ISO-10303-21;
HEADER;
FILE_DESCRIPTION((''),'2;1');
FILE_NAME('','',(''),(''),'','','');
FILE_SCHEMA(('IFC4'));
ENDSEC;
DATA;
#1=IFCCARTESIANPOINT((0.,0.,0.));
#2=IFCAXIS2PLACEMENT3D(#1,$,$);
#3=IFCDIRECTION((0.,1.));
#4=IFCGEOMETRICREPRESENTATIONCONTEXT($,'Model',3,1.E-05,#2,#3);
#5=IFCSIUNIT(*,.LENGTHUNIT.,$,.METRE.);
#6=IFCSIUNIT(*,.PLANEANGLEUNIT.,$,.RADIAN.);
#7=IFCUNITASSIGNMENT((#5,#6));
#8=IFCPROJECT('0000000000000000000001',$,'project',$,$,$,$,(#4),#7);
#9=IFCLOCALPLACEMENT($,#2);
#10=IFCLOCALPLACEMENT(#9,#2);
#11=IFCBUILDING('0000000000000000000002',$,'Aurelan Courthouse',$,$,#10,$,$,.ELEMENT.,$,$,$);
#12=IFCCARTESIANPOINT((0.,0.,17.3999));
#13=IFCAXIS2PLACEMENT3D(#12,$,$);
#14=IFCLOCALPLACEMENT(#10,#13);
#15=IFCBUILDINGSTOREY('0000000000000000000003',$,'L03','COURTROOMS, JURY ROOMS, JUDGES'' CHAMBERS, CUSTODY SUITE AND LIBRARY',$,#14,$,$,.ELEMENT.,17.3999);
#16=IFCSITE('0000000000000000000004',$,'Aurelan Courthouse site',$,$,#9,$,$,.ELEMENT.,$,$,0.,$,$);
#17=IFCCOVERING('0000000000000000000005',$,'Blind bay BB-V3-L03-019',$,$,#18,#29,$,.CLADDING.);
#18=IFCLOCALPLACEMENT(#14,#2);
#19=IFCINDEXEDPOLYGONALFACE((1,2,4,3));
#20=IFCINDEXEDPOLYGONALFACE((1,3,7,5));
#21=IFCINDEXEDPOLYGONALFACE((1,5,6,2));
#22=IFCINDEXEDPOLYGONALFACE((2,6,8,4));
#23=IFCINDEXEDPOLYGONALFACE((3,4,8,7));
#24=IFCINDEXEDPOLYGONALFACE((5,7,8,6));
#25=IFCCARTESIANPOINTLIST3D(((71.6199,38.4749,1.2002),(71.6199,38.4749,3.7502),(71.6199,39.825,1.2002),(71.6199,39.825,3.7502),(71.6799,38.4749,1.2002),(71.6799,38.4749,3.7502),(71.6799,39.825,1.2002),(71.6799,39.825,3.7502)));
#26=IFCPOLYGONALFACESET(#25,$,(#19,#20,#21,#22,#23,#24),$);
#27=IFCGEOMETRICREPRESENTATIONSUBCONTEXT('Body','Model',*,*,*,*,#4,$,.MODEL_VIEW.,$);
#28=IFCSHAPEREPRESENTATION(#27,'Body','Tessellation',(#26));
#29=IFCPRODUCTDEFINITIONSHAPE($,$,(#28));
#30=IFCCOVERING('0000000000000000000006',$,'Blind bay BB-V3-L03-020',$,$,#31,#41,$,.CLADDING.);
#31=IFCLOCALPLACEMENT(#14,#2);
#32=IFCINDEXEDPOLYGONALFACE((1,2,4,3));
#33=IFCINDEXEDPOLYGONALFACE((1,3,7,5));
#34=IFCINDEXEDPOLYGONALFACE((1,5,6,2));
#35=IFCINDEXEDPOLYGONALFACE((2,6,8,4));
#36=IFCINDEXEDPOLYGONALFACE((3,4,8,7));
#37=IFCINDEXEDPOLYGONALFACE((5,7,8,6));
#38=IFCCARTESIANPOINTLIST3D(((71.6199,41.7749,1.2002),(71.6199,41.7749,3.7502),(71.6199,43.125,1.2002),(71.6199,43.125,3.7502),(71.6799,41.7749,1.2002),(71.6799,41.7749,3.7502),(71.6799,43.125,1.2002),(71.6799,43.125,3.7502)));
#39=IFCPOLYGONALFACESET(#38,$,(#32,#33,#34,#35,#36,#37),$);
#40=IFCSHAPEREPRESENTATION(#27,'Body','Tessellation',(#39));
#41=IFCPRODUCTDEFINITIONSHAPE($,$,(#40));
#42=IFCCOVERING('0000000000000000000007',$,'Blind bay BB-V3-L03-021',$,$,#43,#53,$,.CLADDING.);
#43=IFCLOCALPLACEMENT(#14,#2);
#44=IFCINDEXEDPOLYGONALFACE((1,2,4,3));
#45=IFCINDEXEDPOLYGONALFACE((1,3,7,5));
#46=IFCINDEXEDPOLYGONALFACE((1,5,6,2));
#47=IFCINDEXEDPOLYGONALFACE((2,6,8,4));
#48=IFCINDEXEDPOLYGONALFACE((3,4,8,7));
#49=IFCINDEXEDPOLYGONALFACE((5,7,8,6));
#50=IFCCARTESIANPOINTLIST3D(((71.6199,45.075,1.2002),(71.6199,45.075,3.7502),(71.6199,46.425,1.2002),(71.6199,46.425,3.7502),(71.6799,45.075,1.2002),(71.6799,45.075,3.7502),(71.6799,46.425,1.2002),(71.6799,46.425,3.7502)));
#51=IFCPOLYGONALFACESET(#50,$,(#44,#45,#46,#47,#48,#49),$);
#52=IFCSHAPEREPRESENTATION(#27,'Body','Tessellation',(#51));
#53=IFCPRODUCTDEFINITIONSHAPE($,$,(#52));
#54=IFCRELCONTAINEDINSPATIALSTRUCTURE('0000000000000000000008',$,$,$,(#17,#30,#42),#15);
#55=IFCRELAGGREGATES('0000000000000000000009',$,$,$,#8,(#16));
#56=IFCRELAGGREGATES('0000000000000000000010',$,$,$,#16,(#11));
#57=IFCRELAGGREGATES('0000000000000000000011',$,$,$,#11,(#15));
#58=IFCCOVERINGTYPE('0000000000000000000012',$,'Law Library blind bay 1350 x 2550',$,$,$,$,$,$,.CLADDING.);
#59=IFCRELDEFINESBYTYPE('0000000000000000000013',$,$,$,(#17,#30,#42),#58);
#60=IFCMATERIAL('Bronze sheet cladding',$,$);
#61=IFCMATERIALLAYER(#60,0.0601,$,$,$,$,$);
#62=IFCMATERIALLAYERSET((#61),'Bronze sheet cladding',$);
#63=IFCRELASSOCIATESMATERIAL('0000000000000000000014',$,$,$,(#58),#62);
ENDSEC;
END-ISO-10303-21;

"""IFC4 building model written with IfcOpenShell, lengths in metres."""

from ifc_helpers import new_model, si_unit, direction, frame, origin, origin_2d, place, context, subcontext, project, spatial, rectangle, extrude, material, layer, layer_set, type_object, element, save


model = new_model("IFC4")

# Units and contexts
model_context = context("Model", 3, precision=1e-05, world=origin(), true_north=direction((0.0, 1.0)))
body_context = subcontext(model_context, "Body", "Model", "MODEL_VIEW")
ifc_project = project(units=[si_unit("LENGTHUNIT", "METRE"), si_unit("PLANEANGLEUNIT", "RADIAN")], contexts=[model_context])

# Site, building, storey
site_placement = place(None, origin())
site = spatial("IfcSite", under=ifc_project, at=site_placement, Name="Aurelan Courthouse site", CompositionType="ELEMENT", RefElevation=0.0)
building_placement = place(site_placement, origin())
building = spatial("IfcBuilding", under=site, at=building_placement, Name="Aurelan Courthouse", CompositionType="ELEMENT")
storey_placement = place(building_placement, frame((0.0, 0.0, 17.3999)))
storey = spatial("IfcBuildingStorey", under=building, at=storey_placement, Name="L03", Description="COURTROOMS, JURY ROOMS, JUDGES' CHAMBERS, CUSTODY SUITE AND LIBRARY", CompositionType="ELEMENT", Elevation=17.3999)

# Coverings
ifc_material_1 = material(Name="Bronze sheet cladding")
ifc_layer_1 = layer(ifc_material_1, 0.0601)
ifc_layer_set_1 = layer_set([ifc_layer_1], Name="Bronze sheet cladding")
covering_type = type_object("IfcCoveringType", Name="Law Library blind bay 1350 x 2550", PredefinedType="CLADDING", material=ifc_layer_set_1)
for number, where, z_axis, x_axis, name in (
    (1, (71.6499, 39.1499, 1.2002), (0.0, 0.0, 1.0), (1.0, 0.0, 0.0), "Blind bay BB-V3-L03-019"),
    (2, (71.6499, 42.45, 1.2002), (0.0, 0.0, 1.0), (1.0, 0.0, 0.0), "Blind bay BB-V3-L03-020"),
    (3, (71.6499, 45.75, 1.2002), (0.0, 0.0, 1.0), (1.0, 0.0, 0.0), "Blind bay BB-V3-L03-021"),
):
    element("IfcCovering", number, at=place(storey_placement, frame(where, z_axis=z_axis, x_axis=x_axis)), inside=storey, type_object=covering_type, Name=name, PredefinedType="CLADDING", context=body_context, shape_type="SweptSolid", body=[
        extrude(rectangle(XDim=0.0601, YDim=1.3501, at=origin_2d()), origin(), (0.0, 0.0, 1.0), 2.55),
    ])

save(model, "model.ifc")
